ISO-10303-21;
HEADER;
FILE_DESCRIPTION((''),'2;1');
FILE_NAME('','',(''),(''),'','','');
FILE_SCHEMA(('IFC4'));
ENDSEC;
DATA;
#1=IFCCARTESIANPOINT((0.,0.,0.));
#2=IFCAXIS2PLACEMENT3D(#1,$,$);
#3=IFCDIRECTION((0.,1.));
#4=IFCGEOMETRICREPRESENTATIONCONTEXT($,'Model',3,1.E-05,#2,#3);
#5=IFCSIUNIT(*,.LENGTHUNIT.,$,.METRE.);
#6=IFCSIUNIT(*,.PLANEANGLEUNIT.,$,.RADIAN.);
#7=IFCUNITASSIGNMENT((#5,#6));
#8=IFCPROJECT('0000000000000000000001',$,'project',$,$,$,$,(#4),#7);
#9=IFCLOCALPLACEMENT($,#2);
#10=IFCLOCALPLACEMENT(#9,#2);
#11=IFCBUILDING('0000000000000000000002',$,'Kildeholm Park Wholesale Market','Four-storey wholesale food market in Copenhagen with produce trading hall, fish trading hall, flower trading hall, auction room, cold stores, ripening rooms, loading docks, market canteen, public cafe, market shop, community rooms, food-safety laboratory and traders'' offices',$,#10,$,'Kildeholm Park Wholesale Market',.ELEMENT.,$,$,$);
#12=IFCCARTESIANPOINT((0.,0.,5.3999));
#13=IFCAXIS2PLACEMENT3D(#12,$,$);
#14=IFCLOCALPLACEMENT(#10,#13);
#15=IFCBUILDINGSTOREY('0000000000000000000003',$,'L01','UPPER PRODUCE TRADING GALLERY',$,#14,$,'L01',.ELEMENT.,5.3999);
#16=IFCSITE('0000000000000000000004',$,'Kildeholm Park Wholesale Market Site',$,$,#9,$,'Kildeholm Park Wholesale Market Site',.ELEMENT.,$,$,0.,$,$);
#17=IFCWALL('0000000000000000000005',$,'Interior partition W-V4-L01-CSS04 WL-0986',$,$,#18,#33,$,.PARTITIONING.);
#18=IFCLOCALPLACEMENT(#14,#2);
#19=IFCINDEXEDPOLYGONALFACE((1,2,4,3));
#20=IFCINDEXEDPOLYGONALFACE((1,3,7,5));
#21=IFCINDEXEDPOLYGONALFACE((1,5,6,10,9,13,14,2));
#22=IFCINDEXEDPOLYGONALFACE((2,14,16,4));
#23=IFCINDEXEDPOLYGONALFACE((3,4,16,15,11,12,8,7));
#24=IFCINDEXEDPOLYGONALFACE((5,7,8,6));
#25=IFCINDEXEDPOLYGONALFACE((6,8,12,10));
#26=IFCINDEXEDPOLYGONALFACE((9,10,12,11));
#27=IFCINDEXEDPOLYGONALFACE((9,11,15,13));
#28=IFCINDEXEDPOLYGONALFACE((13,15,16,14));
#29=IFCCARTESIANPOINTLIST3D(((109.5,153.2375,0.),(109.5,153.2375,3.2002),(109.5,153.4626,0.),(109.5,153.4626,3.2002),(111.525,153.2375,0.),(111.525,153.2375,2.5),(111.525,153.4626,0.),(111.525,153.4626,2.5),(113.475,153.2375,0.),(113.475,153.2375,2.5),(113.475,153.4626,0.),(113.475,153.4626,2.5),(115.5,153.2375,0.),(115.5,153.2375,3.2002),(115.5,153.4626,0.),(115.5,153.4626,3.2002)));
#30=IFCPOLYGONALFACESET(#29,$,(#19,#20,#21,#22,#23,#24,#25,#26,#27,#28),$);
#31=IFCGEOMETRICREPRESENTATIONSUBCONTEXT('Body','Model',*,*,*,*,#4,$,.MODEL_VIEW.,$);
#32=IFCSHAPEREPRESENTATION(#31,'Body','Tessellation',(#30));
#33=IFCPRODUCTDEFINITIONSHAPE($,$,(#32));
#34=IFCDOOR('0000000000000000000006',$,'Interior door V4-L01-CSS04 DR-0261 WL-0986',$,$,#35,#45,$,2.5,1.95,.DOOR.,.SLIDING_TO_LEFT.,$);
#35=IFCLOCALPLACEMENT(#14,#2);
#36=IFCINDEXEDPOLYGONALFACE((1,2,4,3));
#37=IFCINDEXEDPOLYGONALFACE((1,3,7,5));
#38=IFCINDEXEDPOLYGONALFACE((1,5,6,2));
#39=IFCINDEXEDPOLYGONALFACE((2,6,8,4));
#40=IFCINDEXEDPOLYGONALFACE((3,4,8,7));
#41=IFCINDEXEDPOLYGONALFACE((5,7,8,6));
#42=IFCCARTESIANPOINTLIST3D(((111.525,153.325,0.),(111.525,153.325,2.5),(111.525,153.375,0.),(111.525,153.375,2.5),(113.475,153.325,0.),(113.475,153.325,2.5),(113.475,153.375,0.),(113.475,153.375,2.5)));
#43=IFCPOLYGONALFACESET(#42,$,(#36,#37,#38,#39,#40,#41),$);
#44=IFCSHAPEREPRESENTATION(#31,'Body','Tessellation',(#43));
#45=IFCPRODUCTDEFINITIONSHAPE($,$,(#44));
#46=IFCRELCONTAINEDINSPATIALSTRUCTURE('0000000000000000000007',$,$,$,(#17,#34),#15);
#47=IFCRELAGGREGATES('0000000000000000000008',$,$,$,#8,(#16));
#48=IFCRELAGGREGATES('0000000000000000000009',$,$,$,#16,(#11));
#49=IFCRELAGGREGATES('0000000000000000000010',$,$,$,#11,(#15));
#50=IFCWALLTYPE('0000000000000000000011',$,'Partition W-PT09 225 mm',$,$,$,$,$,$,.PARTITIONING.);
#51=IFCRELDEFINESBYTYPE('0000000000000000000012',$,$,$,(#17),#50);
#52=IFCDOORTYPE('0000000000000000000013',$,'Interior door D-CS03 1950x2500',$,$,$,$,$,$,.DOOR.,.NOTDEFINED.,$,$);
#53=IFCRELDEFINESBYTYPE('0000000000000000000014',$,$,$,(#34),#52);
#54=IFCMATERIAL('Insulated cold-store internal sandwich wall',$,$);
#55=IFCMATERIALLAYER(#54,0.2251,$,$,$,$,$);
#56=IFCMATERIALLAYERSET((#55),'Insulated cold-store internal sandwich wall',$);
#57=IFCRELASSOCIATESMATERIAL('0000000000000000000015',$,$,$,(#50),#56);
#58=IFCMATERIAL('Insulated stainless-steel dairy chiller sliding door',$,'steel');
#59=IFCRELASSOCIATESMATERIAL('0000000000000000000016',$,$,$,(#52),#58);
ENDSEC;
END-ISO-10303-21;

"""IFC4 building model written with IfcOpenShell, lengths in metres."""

from ifc_helpers import new_model, si_unit, direction, frame, frame_2d, origin, place, context, subcontext, project, spatial, rectangle, extrude, material, layer, layer_set, type_object, element, fill, save


model = new_model("IFC4")

# Units and contexts
model_context = context("Model", 3, precision=1e-05, world=origin(), true_north=direction((0.0, 1.0)))
body_context = subcontext(model_context, "Body", "Model", "MODEL_VIEW")
ifc_project = project(units=[si_unit("LENGTHUNIT", "METRE"), si_unit("PLANEANGLEUNIT", "RADIAN")], contexts=[model_context])

# Site, building, storey
site_placement = place(None, origin())
site = spatial("IfcSite", under=ifc_project, at=site_placement, Name="Kildeholm Park Wholesale Market Site", LongName="Kildeholm Park Wholesale Market Site", CompositionType="ELEMENT", RefElevation=0.0)
building_placement = place(site_placement, origin())
building = spatial("IfcBuilding", under=site, at=building_placement, Name="Kildeholm Park Wholesale Market", Description="Four-storey wholesale food market in Copenhagen with produce trading hall, fish trading hall, flower trading hall, auction room, cold stores, ripening rooms, loading docks, market canteen, public cafe, market shop, community rooms, food-safety laboratory and traders' offices", LongName="Kildeholm Park Wholesale Market", CompositionType="ELEMENT")
storey_placement = place(building_placement, frame((0.0, 0.0, 5.3999)))
storey = spatial("IfcBuildingStorey", under=building, at=storey_placement, Name="L01", Description="UPPER PRODUCE TRADING GALLERY", LongName="L01", CompositionType="ELEMENT", Elevation=5.3999)

# Wall, opening, door
ifc_material_1 = material(Name="Insulated cold-store internal sandwich wall")
ifc_layer_1 = layer(ifc_material_1, 0.2251)
ifc_layer_set_1 = layer_set([ifc_layer_1], Name="Insulated cold-store internal sandwich wall")
wall_type_1 = type_object("IfcWallType", Name="Partition W-PT09 225 mm", PredefinedType="PARTITIONING", material=ifc_layer_set_1)
wall_1_placement = place(storey_placement, frame((109.5, 153.3501, 0.0), z_axis=(0.0, 0.0, 1.0), x_axis=(1.0, 0.0, 0.0)))
wall_1 = element("IfcWall", 1, at=wall_1_placement, inside=storey, type_object=wall_type_1, Name="Interior partition W-V4-L01-CSS04 WL-0986", PredefinedType="PARTITIONING", context=body_context, shape_type="SweptSolid", body=[
    extrude(rectangle(XDim=6.0, YDim=0.2251, at=frame_2d((3.0, 0.0))), origin(), (0.0, 0.0, 1.0), 3.2002),
])
opening_1_placement = place(wall_1_placement, frame((2.0249, 0.0, 0.0)))
opening_1 = element("IfcOpeningElement", 2, at=opening_1_placement, cuts=wall_1, PredefinedType="OPENING", context=body_context, shape_type="SweptSolid", body=[
    extrude(rectangle(XDim=1.95, YDim=2.5, at=frame_2d((0.9751, 1.25))), frame((0.0, 0.1226, 0.0), z_axis=(0.0, -1.0, 0.0), x_axis=(1.0, 0.0, 0.0)), (0.0, 0.0, 1.0), 0.2451),
])
ifc_material_2 = material(Name="Insulated stainless-steel dairy chiller sliding door", Category="steel")
door_type = type_object("IfcDoorType", Name="Interior door D-CS03 1950x2500", OperationType="NOTDEFINED", PredefinedType="DOOR", material=ifc_material_2)
door_placement = place(opening_1_placement, origin())
door = element("IfcDoor", 3, at=door_placement, inside=storey, type_object=door_type, Name="Interior door V4-L01-CSS04 DR-0261 WL-0986", OperationType="SLIDING_TO_LEFT", OverallHeight=2.5, OverallWidth=1.95, PredefinedType="DOOR", context=body_context, shape_type="SweptSolid", body=[
    extrude(rectangle(XDim=1.95, YDim=2.5, at=frame_2d((0.9751, 1.25))), frame((0.0, 0.0249, 0.0), z_axis=(0.0, -1.0, 0.0), x_axis=(1.0, 0.0, 0.0)), (0.0, 0.0, 1.0), 0.05),
])
fill(opening_1, door)

save(model, "model.ifc")
